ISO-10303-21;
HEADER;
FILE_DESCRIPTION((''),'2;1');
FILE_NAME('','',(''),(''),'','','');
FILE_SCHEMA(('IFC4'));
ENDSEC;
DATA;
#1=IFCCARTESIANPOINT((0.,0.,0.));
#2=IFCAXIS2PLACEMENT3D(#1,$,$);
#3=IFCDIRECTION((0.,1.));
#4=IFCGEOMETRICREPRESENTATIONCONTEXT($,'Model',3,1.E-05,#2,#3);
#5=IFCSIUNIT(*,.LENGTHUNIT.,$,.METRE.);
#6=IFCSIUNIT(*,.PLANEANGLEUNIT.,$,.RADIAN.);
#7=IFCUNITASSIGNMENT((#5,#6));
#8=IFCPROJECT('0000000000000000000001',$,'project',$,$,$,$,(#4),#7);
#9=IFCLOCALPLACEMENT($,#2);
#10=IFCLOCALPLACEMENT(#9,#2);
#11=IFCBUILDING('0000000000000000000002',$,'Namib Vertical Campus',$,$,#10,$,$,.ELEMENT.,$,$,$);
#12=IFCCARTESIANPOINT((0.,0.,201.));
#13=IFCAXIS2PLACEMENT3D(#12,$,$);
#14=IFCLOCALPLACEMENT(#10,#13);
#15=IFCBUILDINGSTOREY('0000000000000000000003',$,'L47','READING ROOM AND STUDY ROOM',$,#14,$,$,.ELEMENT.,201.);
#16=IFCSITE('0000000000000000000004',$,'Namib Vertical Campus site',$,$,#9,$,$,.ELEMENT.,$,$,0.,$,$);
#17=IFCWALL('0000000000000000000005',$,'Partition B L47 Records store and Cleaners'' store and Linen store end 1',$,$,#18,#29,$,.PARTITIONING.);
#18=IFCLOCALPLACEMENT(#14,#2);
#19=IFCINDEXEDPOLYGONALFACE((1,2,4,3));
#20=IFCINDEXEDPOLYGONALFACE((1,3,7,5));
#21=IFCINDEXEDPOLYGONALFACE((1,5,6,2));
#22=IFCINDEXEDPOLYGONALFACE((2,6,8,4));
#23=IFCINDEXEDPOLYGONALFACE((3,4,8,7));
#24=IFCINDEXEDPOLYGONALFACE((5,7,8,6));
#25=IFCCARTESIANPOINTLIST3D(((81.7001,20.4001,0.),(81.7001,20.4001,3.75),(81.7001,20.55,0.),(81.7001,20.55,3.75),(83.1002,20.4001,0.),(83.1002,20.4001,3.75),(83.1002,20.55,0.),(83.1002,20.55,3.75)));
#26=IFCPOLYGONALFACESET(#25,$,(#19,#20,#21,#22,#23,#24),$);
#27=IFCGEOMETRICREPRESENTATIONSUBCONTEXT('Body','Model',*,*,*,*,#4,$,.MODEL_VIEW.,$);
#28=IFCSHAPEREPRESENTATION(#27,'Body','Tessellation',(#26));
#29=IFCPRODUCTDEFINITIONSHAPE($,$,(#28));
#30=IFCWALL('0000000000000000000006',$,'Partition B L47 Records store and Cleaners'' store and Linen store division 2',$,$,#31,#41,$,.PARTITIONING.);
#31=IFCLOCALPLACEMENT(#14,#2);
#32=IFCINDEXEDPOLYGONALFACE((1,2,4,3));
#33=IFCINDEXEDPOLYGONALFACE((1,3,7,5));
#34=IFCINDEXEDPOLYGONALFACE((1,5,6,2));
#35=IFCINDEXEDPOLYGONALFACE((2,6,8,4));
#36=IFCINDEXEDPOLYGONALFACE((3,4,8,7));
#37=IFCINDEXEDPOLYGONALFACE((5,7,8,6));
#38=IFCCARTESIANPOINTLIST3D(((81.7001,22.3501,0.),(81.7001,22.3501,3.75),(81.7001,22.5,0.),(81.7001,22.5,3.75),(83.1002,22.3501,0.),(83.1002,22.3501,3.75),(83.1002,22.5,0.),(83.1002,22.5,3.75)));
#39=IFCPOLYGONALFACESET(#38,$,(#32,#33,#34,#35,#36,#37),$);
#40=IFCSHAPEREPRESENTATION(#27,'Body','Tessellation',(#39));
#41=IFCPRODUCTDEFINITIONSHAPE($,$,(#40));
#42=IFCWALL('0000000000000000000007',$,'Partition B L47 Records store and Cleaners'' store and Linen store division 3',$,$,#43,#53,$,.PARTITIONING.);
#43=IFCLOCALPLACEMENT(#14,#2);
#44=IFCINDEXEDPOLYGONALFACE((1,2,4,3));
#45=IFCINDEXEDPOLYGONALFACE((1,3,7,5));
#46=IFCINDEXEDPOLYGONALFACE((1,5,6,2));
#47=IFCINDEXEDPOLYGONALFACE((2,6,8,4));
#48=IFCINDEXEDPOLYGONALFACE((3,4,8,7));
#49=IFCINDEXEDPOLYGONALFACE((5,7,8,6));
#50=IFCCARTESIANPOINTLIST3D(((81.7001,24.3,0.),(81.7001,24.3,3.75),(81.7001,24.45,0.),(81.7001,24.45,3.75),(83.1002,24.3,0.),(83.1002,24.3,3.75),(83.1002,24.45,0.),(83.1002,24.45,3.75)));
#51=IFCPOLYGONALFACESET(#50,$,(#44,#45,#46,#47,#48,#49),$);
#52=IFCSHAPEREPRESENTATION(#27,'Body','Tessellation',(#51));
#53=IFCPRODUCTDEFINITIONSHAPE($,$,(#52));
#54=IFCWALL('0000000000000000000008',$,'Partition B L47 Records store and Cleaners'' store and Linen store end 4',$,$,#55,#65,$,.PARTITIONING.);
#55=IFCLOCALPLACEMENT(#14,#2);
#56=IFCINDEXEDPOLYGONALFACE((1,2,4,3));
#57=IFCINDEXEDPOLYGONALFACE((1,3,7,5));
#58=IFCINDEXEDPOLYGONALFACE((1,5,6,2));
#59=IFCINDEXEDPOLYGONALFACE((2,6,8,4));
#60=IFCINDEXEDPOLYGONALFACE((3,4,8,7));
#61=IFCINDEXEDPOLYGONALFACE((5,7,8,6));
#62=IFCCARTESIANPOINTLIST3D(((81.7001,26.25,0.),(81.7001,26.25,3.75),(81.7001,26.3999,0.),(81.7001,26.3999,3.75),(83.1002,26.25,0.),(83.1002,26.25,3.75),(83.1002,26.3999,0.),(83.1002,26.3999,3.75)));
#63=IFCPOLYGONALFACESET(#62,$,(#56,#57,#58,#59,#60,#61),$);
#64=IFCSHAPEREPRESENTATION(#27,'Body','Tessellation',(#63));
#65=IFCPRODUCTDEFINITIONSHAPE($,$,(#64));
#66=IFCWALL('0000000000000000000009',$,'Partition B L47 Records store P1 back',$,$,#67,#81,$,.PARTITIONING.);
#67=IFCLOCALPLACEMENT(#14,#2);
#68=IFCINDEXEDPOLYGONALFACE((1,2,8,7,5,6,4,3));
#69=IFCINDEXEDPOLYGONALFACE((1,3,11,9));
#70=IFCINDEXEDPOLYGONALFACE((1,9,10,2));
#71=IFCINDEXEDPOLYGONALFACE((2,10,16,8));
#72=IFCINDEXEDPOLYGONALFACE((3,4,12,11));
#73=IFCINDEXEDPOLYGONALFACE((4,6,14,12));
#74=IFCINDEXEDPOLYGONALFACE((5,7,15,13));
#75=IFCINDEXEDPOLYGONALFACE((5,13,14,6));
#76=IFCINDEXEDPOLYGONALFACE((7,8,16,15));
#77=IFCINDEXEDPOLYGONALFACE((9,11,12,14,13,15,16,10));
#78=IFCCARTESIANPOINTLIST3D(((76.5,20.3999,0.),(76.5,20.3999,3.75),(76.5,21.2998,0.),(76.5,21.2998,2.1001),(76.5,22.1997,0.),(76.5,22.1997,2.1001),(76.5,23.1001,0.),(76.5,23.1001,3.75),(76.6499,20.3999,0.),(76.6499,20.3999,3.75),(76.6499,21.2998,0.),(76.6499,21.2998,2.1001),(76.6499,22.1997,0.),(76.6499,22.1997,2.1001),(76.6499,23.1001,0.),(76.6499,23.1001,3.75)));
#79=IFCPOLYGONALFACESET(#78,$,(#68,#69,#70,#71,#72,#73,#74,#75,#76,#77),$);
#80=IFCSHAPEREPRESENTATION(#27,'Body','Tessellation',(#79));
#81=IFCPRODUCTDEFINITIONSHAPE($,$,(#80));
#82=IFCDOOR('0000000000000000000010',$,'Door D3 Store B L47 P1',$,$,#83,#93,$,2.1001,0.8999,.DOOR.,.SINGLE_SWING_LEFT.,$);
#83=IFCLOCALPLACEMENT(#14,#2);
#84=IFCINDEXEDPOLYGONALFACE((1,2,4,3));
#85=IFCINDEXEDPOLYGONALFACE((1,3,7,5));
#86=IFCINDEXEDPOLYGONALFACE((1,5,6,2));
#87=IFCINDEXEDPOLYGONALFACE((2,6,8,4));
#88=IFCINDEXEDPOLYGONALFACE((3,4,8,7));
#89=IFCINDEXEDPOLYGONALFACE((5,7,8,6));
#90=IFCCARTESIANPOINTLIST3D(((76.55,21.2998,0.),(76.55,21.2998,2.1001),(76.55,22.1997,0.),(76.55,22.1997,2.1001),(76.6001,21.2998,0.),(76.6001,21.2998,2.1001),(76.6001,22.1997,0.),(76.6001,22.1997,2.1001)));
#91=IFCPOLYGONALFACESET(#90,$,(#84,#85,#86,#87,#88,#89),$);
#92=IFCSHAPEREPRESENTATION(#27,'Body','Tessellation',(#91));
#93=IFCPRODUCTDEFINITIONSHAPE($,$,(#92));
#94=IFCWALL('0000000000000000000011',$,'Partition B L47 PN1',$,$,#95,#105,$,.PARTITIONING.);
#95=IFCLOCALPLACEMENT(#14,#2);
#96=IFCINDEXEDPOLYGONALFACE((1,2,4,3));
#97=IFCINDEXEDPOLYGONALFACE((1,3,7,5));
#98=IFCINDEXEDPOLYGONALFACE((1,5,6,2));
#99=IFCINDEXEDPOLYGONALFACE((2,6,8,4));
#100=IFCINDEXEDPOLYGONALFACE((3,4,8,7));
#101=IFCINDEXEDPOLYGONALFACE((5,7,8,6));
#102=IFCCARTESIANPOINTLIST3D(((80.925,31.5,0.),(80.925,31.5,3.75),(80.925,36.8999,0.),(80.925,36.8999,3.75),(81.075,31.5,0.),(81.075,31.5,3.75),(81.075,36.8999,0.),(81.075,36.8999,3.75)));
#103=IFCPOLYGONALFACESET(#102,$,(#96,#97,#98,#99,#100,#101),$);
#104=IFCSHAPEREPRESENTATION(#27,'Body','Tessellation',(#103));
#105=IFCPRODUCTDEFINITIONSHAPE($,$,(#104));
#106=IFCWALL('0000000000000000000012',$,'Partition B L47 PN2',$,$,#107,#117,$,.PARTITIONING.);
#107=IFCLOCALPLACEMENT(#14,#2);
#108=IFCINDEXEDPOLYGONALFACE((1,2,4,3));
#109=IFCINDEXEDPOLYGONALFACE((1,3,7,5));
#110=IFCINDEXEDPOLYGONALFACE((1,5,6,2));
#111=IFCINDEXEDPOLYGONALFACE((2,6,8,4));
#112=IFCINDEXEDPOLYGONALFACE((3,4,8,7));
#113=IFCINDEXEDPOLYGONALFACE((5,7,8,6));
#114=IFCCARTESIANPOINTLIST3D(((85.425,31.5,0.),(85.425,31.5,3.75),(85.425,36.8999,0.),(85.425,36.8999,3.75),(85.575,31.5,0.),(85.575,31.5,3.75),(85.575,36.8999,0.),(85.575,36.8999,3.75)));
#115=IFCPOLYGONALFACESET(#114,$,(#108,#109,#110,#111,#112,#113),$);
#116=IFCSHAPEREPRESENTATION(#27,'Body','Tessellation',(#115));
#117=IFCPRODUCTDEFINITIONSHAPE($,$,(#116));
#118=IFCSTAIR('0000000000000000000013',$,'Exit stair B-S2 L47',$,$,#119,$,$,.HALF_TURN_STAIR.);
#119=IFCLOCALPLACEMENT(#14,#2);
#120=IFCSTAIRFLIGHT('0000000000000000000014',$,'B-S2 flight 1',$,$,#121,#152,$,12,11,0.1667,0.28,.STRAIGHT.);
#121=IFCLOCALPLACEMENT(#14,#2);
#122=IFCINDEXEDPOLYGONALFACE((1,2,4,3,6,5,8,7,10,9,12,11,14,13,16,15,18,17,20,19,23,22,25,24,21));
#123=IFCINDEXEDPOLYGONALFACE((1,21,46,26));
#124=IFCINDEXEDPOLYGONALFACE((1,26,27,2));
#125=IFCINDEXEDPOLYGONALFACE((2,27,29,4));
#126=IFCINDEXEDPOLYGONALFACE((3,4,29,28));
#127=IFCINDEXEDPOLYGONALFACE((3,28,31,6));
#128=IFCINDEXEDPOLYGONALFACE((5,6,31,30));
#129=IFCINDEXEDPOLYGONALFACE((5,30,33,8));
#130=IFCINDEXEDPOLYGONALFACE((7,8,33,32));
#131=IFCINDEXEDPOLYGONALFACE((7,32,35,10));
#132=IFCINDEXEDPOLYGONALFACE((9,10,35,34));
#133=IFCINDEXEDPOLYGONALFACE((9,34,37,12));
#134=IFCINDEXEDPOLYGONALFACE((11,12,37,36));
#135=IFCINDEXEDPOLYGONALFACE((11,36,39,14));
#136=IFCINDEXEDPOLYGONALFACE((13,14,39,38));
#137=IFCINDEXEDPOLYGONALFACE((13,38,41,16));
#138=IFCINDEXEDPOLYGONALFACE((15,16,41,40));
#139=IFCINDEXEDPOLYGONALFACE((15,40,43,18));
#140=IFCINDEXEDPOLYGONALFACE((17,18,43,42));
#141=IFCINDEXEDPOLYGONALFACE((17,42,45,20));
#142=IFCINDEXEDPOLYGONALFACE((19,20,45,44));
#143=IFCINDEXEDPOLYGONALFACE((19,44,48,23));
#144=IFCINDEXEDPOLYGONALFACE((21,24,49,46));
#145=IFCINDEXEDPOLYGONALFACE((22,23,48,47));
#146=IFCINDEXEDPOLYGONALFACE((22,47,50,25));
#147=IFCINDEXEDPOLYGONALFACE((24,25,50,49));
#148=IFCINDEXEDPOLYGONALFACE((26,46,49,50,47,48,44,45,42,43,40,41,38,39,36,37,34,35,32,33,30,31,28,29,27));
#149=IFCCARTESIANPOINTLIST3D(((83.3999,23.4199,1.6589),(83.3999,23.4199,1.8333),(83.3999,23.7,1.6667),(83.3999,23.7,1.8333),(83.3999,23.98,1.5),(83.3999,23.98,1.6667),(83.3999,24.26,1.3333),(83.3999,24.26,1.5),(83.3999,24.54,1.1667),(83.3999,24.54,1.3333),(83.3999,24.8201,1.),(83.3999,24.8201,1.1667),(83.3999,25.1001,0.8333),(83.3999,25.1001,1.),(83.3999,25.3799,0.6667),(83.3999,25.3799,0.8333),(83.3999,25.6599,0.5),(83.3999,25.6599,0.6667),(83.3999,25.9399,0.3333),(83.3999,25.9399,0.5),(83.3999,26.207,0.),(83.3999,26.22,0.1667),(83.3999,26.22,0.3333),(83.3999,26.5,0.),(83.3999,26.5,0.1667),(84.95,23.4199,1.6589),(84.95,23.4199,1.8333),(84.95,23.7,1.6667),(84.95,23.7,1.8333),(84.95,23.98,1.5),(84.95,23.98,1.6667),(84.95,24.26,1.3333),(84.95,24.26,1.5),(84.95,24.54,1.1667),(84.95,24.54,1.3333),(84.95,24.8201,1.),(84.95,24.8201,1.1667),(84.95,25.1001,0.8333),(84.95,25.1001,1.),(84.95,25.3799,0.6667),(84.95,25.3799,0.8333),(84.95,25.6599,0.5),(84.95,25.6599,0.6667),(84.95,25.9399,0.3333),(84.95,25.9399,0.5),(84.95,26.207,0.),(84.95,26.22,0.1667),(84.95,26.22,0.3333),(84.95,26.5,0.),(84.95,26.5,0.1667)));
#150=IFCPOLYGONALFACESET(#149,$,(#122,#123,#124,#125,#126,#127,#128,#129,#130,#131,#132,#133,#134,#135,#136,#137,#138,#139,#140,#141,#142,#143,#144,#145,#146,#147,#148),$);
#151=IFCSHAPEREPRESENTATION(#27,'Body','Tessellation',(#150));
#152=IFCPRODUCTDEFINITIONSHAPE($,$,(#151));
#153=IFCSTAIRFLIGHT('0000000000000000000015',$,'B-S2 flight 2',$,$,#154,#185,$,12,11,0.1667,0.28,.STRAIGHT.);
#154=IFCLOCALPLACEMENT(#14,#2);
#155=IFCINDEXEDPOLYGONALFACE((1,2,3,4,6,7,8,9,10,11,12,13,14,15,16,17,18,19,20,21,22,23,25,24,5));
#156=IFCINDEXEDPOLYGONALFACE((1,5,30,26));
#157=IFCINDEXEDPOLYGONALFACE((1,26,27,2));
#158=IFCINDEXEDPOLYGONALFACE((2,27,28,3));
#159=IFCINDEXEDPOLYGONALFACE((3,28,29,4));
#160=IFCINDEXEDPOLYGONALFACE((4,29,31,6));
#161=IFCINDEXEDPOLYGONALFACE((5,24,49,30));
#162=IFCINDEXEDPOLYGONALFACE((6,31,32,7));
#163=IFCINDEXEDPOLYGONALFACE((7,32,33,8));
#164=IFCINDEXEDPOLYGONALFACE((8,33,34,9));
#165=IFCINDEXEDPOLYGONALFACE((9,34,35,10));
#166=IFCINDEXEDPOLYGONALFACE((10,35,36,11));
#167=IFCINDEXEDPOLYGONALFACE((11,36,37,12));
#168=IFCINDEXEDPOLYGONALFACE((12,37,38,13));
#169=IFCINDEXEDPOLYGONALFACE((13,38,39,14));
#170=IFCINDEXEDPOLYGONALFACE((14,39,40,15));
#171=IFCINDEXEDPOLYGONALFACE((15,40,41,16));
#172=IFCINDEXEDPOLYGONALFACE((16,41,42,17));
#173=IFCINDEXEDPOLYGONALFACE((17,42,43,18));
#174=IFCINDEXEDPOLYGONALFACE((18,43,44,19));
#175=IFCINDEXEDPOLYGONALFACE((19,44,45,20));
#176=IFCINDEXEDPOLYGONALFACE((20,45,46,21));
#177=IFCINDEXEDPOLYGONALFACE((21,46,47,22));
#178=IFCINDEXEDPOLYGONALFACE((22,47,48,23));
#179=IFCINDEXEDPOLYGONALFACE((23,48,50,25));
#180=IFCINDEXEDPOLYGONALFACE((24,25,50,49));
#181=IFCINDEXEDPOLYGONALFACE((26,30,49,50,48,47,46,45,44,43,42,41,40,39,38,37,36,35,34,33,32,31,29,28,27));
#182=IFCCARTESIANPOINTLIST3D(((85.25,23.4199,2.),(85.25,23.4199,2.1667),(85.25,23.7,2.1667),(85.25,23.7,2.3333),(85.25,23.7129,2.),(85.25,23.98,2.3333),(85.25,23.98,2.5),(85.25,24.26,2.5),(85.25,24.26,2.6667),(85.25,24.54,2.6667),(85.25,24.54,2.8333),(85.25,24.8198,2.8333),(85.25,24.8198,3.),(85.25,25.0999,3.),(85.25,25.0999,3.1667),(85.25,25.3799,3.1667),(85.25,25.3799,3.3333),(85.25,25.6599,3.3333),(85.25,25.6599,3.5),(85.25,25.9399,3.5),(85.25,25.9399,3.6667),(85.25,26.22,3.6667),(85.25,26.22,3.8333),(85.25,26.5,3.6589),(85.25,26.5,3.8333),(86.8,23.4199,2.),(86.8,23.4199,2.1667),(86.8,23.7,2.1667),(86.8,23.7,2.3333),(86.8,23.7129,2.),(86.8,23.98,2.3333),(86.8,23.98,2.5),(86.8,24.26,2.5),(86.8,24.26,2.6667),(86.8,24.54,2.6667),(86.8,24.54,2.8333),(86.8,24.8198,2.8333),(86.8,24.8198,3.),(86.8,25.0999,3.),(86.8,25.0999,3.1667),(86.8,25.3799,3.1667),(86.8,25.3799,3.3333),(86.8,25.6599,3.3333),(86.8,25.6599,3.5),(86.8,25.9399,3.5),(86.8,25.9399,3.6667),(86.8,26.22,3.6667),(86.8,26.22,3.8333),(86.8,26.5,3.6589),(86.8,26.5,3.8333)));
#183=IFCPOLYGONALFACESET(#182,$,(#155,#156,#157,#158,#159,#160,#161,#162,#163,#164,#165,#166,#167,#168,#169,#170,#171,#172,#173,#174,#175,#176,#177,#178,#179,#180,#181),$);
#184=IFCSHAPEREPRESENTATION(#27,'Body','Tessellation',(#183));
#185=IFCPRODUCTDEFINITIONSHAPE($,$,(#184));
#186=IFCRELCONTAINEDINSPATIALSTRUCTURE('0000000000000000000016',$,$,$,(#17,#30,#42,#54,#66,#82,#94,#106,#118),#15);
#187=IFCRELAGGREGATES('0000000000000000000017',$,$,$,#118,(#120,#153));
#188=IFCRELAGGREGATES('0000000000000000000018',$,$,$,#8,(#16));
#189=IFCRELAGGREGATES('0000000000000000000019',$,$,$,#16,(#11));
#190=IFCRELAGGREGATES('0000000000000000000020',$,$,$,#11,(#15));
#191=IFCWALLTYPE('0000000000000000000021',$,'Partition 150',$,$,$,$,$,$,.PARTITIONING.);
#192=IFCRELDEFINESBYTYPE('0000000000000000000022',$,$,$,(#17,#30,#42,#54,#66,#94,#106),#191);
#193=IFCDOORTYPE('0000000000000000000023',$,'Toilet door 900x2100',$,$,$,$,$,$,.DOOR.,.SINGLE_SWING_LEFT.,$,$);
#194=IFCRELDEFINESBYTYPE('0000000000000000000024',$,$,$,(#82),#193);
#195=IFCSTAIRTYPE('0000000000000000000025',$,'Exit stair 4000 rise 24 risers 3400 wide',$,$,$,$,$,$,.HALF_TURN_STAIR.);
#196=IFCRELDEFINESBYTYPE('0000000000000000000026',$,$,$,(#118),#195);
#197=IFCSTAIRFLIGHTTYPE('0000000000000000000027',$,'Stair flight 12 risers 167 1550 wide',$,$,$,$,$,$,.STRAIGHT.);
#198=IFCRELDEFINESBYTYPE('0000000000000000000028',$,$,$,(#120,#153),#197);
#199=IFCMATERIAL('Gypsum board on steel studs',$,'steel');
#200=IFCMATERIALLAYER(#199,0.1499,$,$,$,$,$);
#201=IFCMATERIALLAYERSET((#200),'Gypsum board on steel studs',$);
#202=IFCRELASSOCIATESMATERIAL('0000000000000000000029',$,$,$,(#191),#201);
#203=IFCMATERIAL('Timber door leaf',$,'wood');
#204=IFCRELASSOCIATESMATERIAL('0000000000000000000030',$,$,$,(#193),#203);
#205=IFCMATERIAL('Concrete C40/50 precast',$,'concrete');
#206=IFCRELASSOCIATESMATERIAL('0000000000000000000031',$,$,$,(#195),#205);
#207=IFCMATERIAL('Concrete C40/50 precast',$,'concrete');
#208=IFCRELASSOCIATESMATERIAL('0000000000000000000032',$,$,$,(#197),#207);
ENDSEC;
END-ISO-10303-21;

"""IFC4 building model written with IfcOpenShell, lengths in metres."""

from ifc_helpers import new_model, si_unit, direction, frame, frame_2d, origin, place, context, subcontext, project, spatial, polyline, rectangle, outline, extrude, material, layer, layer_set, type_object, element, fill, aggregate, save


model = new_model("IFC4")

# Units and contexts
model_context = context("Model", 3, precision=1e-05, world=origin(), true_north=direction((0.0, 1.0)))
body_context = subcontext(model_context, "Body", "Model", "MODEL_VIEW")
ifc_project = project(units=[si_unit("LENGTHUNIT", "METRE"), si_unit("PLANEANGLEUNIT", "RADIAN")], contexts=[model_context])

# Site, building, storey
site_placement = place(None, origin())
site = spatial("IfcSite", under=ifc_project, at=site_placement, Name="Namib Vertical Campus site", CompositionType="ELEMENT", RefElevation=0.0)
building_placement = place(site_placement, origin())
building = spatial("IfcBuilding", under=site, at=building_placement, Name="Namib Vertical Campus", CompositionType="ELEMENT")
storey_placement = place(building_placement, frame((0.0, 0.0, 201.0)))
storey = spatial("IfcBuildingStorey", under=building, at=storey_placement, Name="L47", Description="READING ROOM AND STUDY ROOM", CompositionType="ELEMENT", Elevation=201.0)

# Shared definitions
ifc_material_1 = material(Name="Gypsum board on steel studs", Category="steel")
ifc_layer_1 = layer(ifc_material_1, 0.1499)
ifc_layer_set_1 = layer_set([ifc_layer_1], Name="Gypsum board on steel studs")
wall_type_1 = type_object("IfcWallType", Name="Partition 150", PredefinedType="PARTITIONING", material=ifc_layer_set_1)
ifc_material_2 = material(Name="Timber door leaf", Category="wood")
door_type = type_object("IfcDoorType", Name="Toilet door 900x2100", OperationType="SINGLE_SWING_LEFT", PredefinedType="DOOR", material=ifc_material_2)

# Walls
for number, where, z_axis, x_axis, name in (
    (1, (81.7, 20.4751, 0.0), (0.0, 0.0, 1.0), (1.0, 0.0, 0.0), "Partition B L47 Records store and Cleaners' store and Linen store end 1"),
    (2, (81.7, 22.425, 0.0), (0.0, 0.0, 1.0), (1.0, 0.0, 0.0), "Partition B L47 Records store and Cleaners' store and Linen store division 2"),
    (3, (81.7, 24.375, 0.0), (0.0, 0.0, 1.0), (1.0, 0.0, 0.0), "Partition B L47 Records store and Cleaners' store and Linen store division 3"),
    (4, (81.7, 26.325, 0.0), (0.0, 0.0, 1.0), (1.0, 0.0, 0.0), "Partition B L47 Records store and Cleaners' store and Linen store end 4"),
):
    element("IfcWall", number, at=place(storey_placement, frame(where, z_axis=z_axis, x_axis=x_axis)), inside=storey, type_object=wall_type_1, Name=name, PredefinedType="PARTITIONING", context=body_context, shape_type="SweptSolid", body=[
        extrude(rectangle(XDim=1.4001, YDim=0.1499, at=frame_2d((0.7002, 0.0))), origin(), (0.0, 0.0, 1.0), 3.75),
    ])

# Wall, opening, door
wall_1_placement = place(storey_placement, frame((76.575, 20.3999, 0.0), z_axis=(0.0, 0.0, 1.0), x_axis=(0.0, 1.0, 0.0)))
wall_1 = element("IfcWall", 5, at=wall_1_placement, inside=storey, type_object=wall_type_1, Name="Partition B L47 Records store P1 back", PredefinedType="PARTITIONING", context=body_context, shape_type="SweptSolid", body=[
    extrude(rectangle(XDim=2.7002, YDim=0.1499, at=frame_2d((1.3501, 0.0))), origin(), (0.0, 0.0, 1.0), 3.75),
])
opening_1_placement = place(wall_1_placement, frame((0.8999, 0.0, 0.0)))
opening_1 = element("IfcOpeningElement", 6, at=opening_1_placement, cuts=wall_1, PredefinedType="OPENING", context=body_context, shape_type="SweptSolid", body=[
    extrude(rectangle(XDim=0.8999, YDim=2.1001, at=frame_2d((0.45, 1.05))), frame((0.0, 0.085, 0.0), z_axis=(0.0, -1.0, 0.0), x_axis=(1.0, 0.0, 0.0)), (0.0, 0.0, 1.0), 0.1699),
])
door_1_placement = place(opening_1_placement, origin())
door_1 = element("IfcDoor", 7, at=door_1_placement, inside=storey, type_object=door_type, Name="Door D3 Store B L47 P1", OperationType="SINGLE_SWING_LEFT", OverallHeight=2.1001, OverallWidth=0.8999, PredefinedType="DOOR", context=body_context, shape_type="SweptSolid", body=[
    extrude(rectangle(XDim=0.8999, YDim=2.1001, at=frame_2d((0.45, 1.05))), frame((0.0, 0.0249, 0.0), z_axis=(0.0, -1.0, 0.0), x_axis=(1.0, 0.0, 0.0)), (0.0, 0.0, 1.0), 0.05),
])
fill(opening_1, door_1)

# Walls
for number, where, z_axis, x_axis, name in (
    (8, (81.0, 31.5, 0.0), (0.0, 0.0, 1.0), (0.0, 1.0, 0.0), "Partition B L47 PN1"),
    (9, (85.5, 31.5, 0.0), (0.0, 0.0, 1.0), (0.0, 1.0, 0.0), "Partition B L47 PN2"),
):
    element("IfcWall", number, at=place(storey_placement, frame(where, z_axis=z_axis, x_axis=x_axis)), inside=storey, type_object=wall_type_1, Name=name, PredefinedType="PARTITIONING", context=body_context, shape_type="SweptSolid", body=[
        extrude(rectangle(XDim=5.3999, YDim=0.1499, at=frame_2d((2.7, 0.0))), origin(), (0.0, 0.0, 1.0), 3.75),
    ])

# Stair, stair flights
ifc_material_3 = material(Name="Concrete C40/50 precast", Category="concrete")
stair_type = type_object("IfcStairType", Name="Exit stair 4000 rise 24 risers 3400 wide", PredefinedType="HALF_TURN_STAIR", material=ifc_material_3)
stair_placement = place(storey_placement, origin())
stair = element("IfcStair", 10, at=stair_placement, inside=storey, type_object=stair_type, Name="Exit stair B-S2 L47", PredefinedType="HALF_TURN_STAIR")
ifc_material_4 = material(Name="Concrete C40/50 precast", Category="concrete")
stair_flight_type = type_object("IfcStairFlightType", Name="Stair flight 12 risers 167 1550 wide", PredefinedType="STRAIGHT", material=ifc_material_4)
stair_flight_1_placement = place(storey_placement, frame((84.175, 26.5, 0.0), z_axis=(0.0, 0.0, 1.0), x_axis=(0.0, -1.0, 0.0)))
stair_flight_1 = element("IfcStairFlight", 11, at=stair_flight_1_placement, type_object=stair_flight_type, Name="B-S2 flight 1", NumberOfRisers=12, NumberOfTreads=11, PredefinedType="STRAIGHT", RiserHeight=0.1667, TreadLength=0.28, context=body_context, shape_type="SweptSolid", body=[
    extrude(outline(polyline([(0.0, 0.0), (0.0, 0.1667), (0.28, 0.1667), (0.28, 0.3333), (0.5601, 0.3333), (0.5601, 0.5), (0.8401, 0.5), (0.8401, 0.6667), (1.1201, 0.6667), (1.1201, 0.8333), (1.3999, 0.8333), (1.3999, 1.0), (1.6799, 1.0), (1.6799, 1.1667), (1.96, 1.1667), (1.96, 1.3333), (2.24, 1.3333), (2.24, 1.5), (2.52, 1.5), (2.52, 1.6667), (2.8, 1.6667), (2.8, 1.8333), (3.0801, 1.8333), (3.0801, 2.0), (3.0801, 1.6589), (0.293, 0.0), (0.0, 0.0)])), frame((0.0, 0.7749, 0.0), z_axis=(0.0, -1.0, 0.0), x_axis=(1.0, 0.0, 0.0)), (0.0, 0.0, 1.0), 1.55),
])
stair_flight_2_placement = place(storey_placement, frame((86.0249, 23.4199, 2.0), z_axis=(0.0, 0.0, 1.0), x_axis=(0.0, 1.0, 0.0)))
stair_flight_2 = element("IfcStairFlight", 12, at=stair_flight_2_placement, type_object=stair_flight_type, Name="B-S2 flight 2", NumberOfRisers=12, NumberOfTreads=11, PredefinedType="STRAIGHT", RiserHeight=0.1667, TreadLength=0.28, context=body_context, shape_type="SweptSolid", body=[
    extrude(outline(polyline([(0.0, 0.0), (0.0, 0.1667), (0.28, 0.1667), (0.28, 0.3333), (0.5601, 0.3333), (0.5601, 0.5), (0.8401, 0.5), (0.8401, 0.6667), (1.1201, 0.6667), (1.1201, 0.8333), (1.3999, 0.8333), (1.3999, 1.0), (1.6799, 1.0), (1.6799, 1.1667), (1.96, 1.1667), (1.96, 1.3333), (2.24, 1.3333), (2.24, 1.5), (2.52, 1.5), (2.52, 1.6667), (2.8, 1.6667), (2.8, 1.8333), (3.0801, 1.8333), (3.0801, 2.0), (3.0801, 1.6589), (0.293, 0.0), (0.0, 0.0)])), frame((0.0, 0.7749, 0.0), z_axis=(0.0, -1.0, 0.0), x_axis=(1.0, 0.0, 0.0)), (0.0, 0.0, 1.0), 1.55),
])
aggregate(stair, [stair_flight_1, stair_flight_2])

save(model, "model.ifc")
